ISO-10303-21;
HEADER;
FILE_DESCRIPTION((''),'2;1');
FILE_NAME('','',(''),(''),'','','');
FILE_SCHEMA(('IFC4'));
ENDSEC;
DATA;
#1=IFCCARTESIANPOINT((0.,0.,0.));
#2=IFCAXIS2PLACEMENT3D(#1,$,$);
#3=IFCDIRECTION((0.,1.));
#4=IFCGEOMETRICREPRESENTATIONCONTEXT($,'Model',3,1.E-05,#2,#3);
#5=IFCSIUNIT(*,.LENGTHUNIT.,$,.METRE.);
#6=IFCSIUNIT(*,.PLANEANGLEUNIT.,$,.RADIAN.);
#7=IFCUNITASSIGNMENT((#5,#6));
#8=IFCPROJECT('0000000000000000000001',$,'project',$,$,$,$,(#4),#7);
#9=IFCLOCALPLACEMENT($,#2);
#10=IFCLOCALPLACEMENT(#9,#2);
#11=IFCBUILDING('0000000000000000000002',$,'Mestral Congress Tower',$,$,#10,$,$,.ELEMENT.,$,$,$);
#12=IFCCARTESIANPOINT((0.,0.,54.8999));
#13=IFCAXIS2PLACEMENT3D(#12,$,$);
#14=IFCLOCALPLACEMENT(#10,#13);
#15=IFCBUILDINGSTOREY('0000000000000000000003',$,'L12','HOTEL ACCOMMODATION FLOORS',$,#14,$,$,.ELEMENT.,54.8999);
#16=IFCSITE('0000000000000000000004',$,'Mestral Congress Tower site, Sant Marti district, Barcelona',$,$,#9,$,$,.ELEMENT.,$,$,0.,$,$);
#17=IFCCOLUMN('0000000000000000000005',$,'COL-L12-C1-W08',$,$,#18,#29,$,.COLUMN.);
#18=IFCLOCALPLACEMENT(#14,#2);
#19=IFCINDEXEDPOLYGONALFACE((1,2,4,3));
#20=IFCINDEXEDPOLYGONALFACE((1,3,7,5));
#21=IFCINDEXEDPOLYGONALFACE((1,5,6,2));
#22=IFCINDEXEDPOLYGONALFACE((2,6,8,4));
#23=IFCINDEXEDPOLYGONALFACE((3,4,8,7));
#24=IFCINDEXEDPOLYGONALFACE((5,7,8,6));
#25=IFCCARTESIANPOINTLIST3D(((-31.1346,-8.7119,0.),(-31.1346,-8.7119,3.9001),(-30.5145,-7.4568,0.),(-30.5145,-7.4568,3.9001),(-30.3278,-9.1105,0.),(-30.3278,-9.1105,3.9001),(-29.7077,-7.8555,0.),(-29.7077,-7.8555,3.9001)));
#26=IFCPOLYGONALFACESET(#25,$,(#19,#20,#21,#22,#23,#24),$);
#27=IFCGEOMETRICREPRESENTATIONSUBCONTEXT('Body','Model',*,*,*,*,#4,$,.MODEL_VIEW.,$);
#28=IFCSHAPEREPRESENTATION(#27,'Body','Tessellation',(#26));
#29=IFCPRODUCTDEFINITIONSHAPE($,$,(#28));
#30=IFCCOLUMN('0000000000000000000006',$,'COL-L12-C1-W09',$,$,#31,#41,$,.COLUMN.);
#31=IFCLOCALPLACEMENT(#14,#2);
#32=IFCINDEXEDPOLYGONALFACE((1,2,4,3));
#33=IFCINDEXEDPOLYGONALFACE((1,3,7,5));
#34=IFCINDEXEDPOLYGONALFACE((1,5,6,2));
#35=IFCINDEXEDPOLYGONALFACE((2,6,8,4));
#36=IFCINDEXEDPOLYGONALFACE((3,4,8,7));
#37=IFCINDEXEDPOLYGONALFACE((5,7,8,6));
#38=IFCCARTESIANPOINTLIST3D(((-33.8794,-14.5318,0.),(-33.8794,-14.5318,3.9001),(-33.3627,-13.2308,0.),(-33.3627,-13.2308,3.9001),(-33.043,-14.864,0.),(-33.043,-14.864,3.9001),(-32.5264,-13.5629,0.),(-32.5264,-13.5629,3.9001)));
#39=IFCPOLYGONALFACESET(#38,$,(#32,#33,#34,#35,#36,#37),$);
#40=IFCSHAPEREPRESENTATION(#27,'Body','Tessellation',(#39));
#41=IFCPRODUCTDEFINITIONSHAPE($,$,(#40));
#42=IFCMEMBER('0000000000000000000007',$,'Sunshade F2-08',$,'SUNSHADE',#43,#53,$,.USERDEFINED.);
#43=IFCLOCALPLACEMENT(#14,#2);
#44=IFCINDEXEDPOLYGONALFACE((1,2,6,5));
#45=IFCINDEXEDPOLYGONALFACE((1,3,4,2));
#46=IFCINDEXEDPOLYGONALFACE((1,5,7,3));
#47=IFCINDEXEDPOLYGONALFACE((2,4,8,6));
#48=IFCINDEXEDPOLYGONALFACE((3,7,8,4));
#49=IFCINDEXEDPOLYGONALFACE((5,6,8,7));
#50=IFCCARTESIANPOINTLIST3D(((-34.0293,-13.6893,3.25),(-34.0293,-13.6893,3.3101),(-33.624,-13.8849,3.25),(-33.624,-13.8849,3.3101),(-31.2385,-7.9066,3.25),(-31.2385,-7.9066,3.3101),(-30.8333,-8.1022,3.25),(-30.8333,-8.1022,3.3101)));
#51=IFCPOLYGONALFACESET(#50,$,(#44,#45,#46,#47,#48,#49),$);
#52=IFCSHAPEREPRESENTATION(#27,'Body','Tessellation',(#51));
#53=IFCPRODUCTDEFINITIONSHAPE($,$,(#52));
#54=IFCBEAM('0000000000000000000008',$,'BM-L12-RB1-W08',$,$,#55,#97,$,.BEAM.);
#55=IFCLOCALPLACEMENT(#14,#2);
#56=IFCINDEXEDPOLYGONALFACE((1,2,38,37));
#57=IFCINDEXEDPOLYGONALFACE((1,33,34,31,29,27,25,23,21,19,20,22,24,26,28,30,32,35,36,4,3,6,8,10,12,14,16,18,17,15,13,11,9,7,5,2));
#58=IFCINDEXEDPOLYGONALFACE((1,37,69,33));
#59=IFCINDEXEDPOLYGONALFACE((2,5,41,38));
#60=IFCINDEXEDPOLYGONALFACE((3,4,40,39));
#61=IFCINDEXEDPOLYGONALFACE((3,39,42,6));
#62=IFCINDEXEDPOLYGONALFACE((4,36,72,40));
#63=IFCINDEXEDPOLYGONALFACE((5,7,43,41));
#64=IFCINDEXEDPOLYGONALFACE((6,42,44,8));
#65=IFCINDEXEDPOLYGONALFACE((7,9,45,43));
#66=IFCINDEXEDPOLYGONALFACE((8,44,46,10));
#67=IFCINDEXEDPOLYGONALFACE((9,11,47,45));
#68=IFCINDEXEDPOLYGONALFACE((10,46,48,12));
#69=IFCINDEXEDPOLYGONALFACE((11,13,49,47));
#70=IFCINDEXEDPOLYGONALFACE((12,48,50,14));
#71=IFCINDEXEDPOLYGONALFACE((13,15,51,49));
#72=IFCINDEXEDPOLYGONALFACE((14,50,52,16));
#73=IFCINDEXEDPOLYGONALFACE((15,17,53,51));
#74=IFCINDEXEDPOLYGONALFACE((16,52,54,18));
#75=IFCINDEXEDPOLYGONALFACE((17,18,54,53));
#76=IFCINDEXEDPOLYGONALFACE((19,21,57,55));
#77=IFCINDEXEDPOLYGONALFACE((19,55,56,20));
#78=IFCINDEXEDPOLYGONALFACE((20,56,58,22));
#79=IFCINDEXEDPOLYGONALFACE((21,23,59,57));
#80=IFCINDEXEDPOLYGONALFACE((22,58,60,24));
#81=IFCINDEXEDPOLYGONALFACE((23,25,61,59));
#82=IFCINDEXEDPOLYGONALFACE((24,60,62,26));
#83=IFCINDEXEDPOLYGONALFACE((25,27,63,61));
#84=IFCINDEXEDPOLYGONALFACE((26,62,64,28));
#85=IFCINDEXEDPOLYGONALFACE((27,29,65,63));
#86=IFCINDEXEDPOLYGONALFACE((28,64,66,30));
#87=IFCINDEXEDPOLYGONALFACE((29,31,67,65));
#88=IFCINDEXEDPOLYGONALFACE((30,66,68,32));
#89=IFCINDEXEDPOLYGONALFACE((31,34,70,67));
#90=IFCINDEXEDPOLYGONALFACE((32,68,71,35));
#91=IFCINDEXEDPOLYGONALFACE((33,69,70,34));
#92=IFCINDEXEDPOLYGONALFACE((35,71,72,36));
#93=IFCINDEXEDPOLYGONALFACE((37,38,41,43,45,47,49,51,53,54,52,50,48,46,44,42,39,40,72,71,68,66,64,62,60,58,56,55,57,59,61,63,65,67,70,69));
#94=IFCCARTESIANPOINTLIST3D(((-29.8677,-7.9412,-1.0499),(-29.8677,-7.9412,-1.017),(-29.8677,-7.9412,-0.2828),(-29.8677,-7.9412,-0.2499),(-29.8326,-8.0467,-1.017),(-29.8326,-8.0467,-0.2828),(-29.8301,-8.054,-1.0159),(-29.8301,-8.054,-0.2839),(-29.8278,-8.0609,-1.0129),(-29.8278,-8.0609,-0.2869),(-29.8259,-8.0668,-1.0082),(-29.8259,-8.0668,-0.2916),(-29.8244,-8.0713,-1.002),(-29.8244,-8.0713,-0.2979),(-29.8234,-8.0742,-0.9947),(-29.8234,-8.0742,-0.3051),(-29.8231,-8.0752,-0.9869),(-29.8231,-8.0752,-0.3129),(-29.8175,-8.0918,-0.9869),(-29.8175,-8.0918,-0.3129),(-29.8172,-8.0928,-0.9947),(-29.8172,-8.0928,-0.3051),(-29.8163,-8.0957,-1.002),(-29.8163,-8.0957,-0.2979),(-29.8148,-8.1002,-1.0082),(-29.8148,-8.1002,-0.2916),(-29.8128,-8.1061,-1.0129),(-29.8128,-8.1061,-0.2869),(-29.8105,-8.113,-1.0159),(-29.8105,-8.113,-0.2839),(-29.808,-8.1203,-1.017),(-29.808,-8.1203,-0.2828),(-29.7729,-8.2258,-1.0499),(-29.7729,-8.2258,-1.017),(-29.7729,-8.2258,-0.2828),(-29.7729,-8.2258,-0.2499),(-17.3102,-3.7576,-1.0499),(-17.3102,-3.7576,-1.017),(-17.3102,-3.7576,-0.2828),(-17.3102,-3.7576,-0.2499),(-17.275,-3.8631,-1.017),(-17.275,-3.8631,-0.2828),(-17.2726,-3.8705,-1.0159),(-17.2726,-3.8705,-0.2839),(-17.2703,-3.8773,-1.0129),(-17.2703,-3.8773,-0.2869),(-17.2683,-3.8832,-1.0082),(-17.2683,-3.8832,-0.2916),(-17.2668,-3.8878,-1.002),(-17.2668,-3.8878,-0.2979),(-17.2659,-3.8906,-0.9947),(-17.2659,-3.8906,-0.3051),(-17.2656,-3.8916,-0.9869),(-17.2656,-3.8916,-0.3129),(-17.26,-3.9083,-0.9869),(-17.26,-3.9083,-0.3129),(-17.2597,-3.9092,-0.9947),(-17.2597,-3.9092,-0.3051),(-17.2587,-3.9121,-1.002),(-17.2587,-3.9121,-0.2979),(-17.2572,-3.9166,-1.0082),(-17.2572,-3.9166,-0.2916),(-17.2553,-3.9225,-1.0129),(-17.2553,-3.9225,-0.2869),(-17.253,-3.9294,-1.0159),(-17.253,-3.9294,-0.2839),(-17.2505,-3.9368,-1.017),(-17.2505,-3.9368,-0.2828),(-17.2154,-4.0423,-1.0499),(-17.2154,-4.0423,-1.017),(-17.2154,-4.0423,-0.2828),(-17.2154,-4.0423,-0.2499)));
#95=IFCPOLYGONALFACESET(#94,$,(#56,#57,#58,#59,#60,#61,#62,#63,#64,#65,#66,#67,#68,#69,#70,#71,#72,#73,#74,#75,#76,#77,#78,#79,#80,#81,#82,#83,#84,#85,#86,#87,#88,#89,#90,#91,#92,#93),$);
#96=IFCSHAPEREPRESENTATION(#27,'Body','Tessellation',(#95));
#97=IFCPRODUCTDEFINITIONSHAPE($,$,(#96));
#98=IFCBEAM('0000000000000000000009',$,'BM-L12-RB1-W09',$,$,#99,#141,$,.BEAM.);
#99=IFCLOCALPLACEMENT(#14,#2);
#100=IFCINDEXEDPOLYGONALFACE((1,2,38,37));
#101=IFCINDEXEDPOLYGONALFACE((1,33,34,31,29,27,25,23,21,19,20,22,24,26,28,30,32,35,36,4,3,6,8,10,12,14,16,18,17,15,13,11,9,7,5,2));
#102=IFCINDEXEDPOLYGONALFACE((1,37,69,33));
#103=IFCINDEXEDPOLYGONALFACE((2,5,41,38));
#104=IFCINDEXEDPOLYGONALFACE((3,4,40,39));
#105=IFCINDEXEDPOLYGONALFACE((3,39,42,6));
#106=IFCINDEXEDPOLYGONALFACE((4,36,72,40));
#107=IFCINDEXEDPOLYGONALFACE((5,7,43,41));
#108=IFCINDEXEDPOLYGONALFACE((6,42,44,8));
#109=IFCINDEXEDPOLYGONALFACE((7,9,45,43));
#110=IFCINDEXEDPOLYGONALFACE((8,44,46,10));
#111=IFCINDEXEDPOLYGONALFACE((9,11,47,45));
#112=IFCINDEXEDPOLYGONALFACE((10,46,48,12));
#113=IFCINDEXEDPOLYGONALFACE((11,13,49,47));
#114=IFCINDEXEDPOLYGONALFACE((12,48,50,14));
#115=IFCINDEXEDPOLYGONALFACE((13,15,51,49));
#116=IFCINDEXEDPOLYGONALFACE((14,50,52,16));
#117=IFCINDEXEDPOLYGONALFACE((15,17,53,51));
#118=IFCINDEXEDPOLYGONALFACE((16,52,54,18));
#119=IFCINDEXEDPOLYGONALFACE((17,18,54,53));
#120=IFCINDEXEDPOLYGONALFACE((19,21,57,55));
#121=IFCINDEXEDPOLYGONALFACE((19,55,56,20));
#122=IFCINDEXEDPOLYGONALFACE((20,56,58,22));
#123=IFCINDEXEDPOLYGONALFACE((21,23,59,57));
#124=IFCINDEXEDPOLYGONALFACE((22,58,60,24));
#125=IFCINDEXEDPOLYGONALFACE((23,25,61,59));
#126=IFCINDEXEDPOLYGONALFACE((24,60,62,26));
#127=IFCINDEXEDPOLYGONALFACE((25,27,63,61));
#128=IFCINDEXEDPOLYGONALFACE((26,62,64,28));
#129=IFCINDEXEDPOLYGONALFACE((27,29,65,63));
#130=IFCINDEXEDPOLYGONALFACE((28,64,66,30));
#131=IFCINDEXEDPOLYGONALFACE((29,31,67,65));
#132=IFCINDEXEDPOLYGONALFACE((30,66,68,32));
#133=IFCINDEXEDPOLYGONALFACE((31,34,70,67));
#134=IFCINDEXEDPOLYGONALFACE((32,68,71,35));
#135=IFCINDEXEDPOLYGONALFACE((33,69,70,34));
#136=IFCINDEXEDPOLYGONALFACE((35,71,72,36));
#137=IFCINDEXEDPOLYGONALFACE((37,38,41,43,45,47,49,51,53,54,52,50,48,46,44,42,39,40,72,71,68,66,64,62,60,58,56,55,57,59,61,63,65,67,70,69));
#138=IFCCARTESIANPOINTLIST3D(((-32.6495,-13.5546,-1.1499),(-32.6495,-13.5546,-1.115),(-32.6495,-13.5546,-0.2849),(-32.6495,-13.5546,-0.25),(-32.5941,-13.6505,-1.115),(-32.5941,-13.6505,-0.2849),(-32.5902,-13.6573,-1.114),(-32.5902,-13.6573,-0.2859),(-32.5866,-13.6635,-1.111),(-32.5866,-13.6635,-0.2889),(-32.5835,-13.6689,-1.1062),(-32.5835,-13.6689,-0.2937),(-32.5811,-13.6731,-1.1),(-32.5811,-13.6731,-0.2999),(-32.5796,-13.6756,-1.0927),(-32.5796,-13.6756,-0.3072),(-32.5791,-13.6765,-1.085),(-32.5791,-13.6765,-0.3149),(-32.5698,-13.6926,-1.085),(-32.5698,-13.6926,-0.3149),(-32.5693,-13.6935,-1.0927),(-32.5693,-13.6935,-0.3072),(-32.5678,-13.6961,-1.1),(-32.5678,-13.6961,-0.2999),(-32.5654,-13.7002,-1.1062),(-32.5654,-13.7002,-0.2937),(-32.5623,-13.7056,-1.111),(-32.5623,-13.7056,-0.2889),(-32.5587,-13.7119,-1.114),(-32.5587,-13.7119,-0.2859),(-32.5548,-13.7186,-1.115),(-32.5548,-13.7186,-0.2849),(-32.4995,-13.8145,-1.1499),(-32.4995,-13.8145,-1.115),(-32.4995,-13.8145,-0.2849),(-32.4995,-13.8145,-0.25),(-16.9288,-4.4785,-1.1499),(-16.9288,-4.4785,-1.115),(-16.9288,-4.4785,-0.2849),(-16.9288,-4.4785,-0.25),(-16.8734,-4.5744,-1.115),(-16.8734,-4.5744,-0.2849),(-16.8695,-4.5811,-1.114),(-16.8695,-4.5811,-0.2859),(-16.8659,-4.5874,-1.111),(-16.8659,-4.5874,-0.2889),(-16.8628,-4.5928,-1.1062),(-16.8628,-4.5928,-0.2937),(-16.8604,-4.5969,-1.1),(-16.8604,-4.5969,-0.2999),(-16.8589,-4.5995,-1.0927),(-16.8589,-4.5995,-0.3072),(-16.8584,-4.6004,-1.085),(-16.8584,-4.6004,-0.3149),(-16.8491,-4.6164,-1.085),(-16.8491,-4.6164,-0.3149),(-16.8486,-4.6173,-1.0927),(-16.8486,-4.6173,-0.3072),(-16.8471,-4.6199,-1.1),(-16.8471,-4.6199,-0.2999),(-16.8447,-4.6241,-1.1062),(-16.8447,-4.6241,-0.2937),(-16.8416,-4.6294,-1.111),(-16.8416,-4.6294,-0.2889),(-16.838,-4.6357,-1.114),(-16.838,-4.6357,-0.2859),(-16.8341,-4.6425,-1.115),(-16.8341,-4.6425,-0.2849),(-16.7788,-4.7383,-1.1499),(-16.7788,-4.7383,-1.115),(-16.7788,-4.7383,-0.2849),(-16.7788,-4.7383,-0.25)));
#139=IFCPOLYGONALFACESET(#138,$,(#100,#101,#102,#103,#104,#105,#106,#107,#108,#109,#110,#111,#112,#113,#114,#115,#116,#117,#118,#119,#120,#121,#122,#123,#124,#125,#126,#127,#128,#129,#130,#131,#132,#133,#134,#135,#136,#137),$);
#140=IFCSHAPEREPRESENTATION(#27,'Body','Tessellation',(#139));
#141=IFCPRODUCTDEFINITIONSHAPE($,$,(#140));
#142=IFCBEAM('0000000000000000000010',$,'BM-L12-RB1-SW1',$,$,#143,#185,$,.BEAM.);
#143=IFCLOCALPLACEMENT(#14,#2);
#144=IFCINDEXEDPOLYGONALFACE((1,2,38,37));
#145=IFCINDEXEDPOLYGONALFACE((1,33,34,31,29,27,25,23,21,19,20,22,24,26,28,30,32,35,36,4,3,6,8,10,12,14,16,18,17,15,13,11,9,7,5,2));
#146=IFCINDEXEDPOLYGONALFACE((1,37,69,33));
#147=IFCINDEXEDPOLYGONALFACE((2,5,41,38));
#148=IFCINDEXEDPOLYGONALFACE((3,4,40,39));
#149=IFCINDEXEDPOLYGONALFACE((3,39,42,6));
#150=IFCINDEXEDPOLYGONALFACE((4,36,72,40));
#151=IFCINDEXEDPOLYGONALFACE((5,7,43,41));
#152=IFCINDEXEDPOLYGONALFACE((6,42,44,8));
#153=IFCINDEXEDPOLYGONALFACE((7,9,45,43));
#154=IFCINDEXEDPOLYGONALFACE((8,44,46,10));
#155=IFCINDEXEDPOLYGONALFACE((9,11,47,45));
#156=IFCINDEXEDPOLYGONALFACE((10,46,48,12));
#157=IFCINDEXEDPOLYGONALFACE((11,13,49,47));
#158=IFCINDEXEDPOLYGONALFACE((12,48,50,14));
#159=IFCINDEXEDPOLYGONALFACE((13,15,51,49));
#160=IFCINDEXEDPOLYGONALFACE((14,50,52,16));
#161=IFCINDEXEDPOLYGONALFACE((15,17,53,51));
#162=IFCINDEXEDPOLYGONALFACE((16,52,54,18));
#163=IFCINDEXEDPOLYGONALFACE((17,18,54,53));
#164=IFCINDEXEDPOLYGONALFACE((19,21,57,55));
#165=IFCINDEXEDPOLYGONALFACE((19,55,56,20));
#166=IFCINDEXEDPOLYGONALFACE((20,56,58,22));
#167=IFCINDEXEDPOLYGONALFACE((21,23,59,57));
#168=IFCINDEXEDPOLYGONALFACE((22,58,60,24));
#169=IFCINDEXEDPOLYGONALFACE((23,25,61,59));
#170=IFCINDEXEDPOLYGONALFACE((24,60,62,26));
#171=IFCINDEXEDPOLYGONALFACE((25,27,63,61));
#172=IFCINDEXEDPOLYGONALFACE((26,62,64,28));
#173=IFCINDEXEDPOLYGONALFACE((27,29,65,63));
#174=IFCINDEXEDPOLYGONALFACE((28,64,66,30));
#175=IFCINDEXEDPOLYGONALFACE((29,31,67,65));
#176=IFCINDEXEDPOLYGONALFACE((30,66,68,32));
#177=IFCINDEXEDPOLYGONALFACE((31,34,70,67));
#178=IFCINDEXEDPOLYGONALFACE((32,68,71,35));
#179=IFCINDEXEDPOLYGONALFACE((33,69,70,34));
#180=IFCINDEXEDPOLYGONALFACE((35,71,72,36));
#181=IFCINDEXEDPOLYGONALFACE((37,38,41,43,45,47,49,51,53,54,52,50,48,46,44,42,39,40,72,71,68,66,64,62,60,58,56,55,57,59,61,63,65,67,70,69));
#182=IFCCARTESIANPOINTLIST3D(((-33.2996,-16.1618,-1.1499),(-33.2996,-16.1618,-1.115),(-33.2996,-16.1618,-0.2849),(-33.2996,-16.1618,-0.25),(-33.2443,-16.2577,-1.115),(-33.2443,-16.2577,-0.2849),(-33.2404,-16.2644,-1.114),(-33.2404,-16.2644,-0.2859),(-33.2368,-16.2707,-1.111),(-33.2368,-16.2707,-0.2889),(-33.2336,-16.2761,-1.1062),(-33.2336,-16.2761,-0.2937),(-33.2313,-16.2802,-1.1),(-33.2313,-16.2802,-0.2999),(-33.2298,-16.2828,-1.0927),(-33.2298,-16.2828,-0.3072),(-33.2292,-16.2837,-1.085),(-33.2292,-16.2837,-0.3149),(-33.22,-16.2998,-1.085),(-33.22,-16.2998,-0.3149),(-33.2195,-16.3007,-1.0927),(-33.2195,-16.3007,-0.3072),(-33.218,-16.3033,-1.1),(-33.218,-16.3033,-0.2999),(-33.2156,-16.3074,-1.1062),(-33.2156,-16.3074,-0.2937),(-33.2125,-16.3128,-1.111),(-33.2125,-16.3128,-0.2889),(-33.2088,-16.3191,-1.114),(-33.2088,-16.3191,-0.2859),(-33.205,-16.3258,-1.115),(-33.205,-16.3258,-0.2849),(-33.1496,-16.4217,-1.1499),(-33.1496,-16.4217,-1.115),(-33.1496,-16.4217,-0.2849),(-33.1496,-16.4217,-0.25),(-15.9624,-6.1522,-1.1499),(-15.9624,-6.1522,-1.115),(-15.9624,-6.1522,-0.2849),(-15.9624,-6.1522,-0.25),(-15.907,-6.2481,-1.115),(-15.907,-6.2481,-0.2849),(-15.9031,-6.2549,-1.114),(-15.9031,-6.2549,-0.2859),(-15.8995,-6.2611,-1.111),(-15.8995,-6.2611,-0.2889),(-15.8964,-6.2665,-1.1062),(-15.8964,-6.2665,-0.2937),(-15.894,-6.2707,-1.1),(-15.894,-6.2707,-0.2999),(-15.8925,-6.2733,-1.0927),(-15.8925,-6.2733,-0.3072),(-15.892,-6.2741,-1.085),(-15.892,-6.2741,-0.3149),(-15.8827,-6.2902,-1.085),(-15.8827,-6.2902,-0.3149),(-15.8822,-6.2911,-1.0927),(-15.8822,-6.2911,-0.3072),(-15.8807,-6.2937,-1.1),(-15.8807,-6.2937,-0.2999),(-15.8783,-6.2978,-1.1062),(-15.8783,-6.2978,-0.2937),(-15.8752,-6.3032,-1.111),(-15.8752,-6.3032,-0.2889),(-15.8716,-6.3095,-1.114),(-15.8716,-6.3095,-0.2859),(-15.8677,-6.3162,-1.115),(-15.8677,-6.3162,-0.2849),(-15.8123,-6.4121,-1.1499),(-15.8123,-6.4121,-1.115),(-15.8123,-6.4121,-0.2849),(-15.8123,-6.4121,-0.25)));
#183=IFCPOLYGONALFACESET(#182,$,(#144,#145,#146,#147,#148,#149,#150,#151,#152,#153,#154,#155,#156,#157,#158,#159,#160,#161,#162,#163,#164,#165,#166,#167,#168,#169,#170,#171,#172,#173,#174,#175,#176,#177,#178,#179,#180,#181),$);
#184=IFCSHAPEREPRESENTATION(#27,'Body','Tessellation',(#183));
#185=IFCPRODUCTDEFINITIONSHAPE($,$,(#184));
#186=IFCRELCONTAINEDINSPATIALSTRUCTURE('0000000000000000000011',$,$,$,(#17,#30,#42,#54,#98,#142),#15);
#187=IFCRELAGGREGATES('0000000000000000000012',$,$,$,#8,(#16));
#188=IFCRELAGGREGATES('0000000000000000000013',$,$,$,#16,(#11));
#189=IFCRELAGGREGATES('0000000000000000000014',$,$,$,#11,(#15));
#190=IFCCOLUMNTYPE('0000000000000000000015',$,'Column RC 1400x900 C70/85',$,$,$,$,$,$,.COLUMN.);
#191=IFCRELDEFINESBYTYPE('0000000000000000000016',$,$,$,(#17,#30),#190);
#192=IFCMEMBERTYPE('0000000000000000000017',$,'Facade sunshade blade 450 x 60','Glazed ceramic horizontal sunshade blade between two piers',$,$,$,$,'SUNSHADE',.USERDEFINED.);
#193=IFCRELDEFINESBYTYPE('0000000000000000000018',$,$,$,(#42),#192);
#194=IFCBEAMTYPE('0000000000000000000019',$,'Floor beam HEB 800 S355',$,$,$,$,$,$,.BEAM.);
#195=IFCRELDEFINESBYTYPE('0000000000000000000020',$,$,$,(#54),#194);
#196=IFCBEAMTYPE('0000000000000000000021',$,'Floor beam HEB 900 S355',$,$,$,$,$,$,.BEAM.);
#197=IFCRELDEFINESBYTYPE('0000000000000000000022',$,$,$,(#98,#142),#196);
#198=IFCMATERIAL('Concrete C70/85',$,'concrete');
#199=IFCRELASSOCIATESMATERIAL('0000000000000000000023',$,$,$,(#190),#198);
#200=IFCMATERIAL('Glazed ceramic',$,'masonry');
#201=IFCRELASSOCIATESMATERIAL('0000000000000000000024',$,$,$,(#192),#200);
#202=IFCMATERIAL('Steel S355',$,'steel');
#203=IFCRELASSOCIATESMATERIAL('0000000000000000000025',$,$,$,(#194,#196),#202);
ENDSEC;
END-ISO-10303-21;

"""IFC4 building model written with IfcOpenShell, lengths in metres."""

from ifc_helpers import new_model, si_unit, direction, frame, origin, origin_2d, place, context, subcontext, project, spatial, rectangle, i_section, extrude, material, material_profile, profile_set, type_object, element, save


model = new_model("IFC4")

# Units and contexts
model_context = context("Model", 3, precision=1e-05, world=origin(), true_north=direction((0.0, 1.0)))
body_context = subcontext(model_context, "Body", "Model", "MODEL_VIEW")
ifc_project = project(units=[si_unit("LENGTHUNIT", "METRE"), si_unit("PLANEANGLEUNIT", "RADIAN")], contexts=[model_context])

# Site, building, storey
site_placement = place(None, origin())
site = spatial("IfcSite", under=ifc_project, at=site_placement, Name="Mestral Congress Tower site, Sant Marti district, Barcelona", CompositionType="ELEMENT", RefElevation=0.0)
building_placement = place(site_placement, origin())
building = spatial("IfcBuilding", under=site, at=building_placement, Name="Mestral Congress Tower", CompositionType="ELEMENT")
storey_placement = place(building_placement, frame((0.0, 0.0, 54.8999)))
storey = spatial("IfcBuildingStorey", under=building, at=storey_placement, Name="L12", Description="HOTEL ACCOMMODATION FLOORS", CompositionType="ELEMENT", Elevation=54.8999)

# Columns
ifc_material_1 = material(Name="Concrete C70/85", Category="concrete")
ifc_material_profile_1 = material_profile(ifc_material_1, rectangle(XDim=1.3999, YDim=0.8999, at=origin_2d()), Name="RC 1400x900")
ifc_profile_set_1 = profile_set([ifc_material_profile_1], Name="Concrete C70/85")
column_type = type_object("IfcColumnType", Name="Column RC 1400x900 C70/85", PredefinedType="COLUMN", material=ifc_profile_set_1)
for number, where, z_axis, x_axis, name in (
    (1, (-30.4211, -8.2837, 0.0), (0.0, 0.0, 1.0), (-0.442959, -0.896542, 0.0), "COL-L12-C1-W08"),
    (2, (-33.2029, -14.0474, 0.0), (0.0, 0.0, 1.0), (-0.36909, -0.929394, 0.0), "COL-L12-C1-W09"),
):
    element("IfcColumn", number, at=place(storey_placement, frame(where, z_axis=z_axis, x_axis=x_axis)), inside=storey, type_object=column_type, Name=name, PredefinedType="COLUMN", context=body_context, shape_type="SweptSolid", body=[
        extrude(rectangle(XDim=1.3999, YDim=0.8999, at=origin_2d()), origin(), (0.0, 0.0, 1.0), 3.9001),
    ])

# Member
ifc_material_2 = material(Name="Glazed ceramic", Category="masonry")
ifc_material_profile_2 = material_profile(ifc_material_2, rectangle(XDim=0.45, YDim=0.0601, at=origin_2d()), Name="Ceramic blade 450 x 60")
ifc_profile_set_2 = profile_set([ifc_material_profile_2], Name="Glazed ceramic")
member_type = type_object("IfcMemberType", Name="Facade sunshade blade 450 x 60", Description="Glazed ceramic horizontal sunshade blade between two piers", ElementType="SUNSHADE", PredefinedType="USERDEFINED", material=ifc_profile_set_2)
member_placement = place(storey_placement, frame((-31.0359, -8.0044, 3.28), z_axis=(-0.434637, -0.900606, 0.0), x_axis=(0.900606, -0.434637, 0.0)))
element("IfcMember", 3, at=member_placement, inside=storey, type_object=member_type, Name="Sunshade F2-08", ObjectType="SUNSHADE", PredefinedType="USERDEFINED", context=body_context, shape_type="SweptSolid", body=[
    extrude(rectangle(XDim=0.45, YDim=0.0601, at=origin_2d()), origin(), (0.0, 0.0, 1.0), 6.4209),
])

# Beams
ifc_material_3 = material(Name="Steel S355", Category="steel")
ifc_material_profile_3 = material_profile(ifc_material_3, i_section(OverallWidth=0.3, OverallDepth=0.8, WebThickness=0.0176, FlangeThickness=0.033, FilletRadius=0.03, at=origin_2d()), Name="HEB 800")
ifc_profile_set_3 = profile_set([ifc_material_profile_3], Name="Steel S355")
beam_type_1 = type_object("IfcBeamType", Name="Floor beam HEB 800 S355", PredefinedType="BEAM", material=ifc_profile_set_3)
beam_1_placement = place(storey_placement, frame((-29.8203, -8.0835, -0.6499), z_axis=(0.948735, 0.316073, 0.0), x_axis=(-0.316073, 0.948735, 0.0)))
element("IfcBeam", 4, at=beam_1_placement, inside=storey, type_object=beam_type_1, Name="BM-L12-RB1-W08", PredefinedType="BEAM", context=body_context, shape_type="SweptSolid", body=[
    extrude(i_section(OverallWidth=0.3, OverallDepth=0.8, WebThickness=0.0176, FlangeThickness=0.033, FilletRadius=0.03, at=origin_2d()), origin(), (0.0, 0.0, 1.0), 13.2361),
])
ifc_material_profile_4 = material_profile(ifc_material_3, i_section(OverallWidth=0.3, OverallDepth=0.8999, WebThickness=0.0186, FlangeThickness=0.0349, FilletRadius=0.03, at=origin_2d()), Name="HEB 900")
ifc_profile_set_4 = profile_set([ifc_material_profile_4], Name="Steel S355")
beam_type_2 = type_object("IfcBeamType", Name="Floor beam HEB 900 S355", PredefinedType="BEAM", material=ifc_profile_set_4)
beam_2_placement = place(storey_placement, frame((-32.5745, -13.6846, -0.7), z_axis=(0.86603, 0.499993, 0.0), x_axis=(-0.499993, 0.86603, 0.0)))
element("IfcBeam", 5, at=beam_2_placement, inside=storey, type_object=beam_type_2, Name="BM-L12-RB1-W09", PredefinedType="BEAM", context=body_context, shape_type="SweptSolid", body=[
    extrude(i_section(OverallWidth=0.3, OverallDepth=0.8999, WebThickness=0.0186, FlangeThickness=0.0349, FilletRadius=0.03, at=origin_2d()), origin(), (0.0, 0.0, 1.0), 18.1526),
])
beam_3_placement = place(storey_placement, frame((-33.2246, -16.2917, -0.7), z_axis=(0.866027, 0.499997, 0.0), x_axis=(-0.499997, 0.866027, 0.0)))
element("IfcBeam", 6, at=beam_3_placement, inside=storey, type_object=beam_type_2, Name="BM-L12-RB1-SW1", PredefinedType="BEAM", context=body_context, shape_type="SweptSolid", body=[
    extrude(i_section(OverallWidth=0.3, OverallDepth=0.8999, WebThickness=0.0186, FlangeThickness=0.0349, FilletRadius=0.03, at=origin_2d()), origin(), (0.0, 0.0, 1.0), 20.0193),
])

save(model, "model.ifc")
